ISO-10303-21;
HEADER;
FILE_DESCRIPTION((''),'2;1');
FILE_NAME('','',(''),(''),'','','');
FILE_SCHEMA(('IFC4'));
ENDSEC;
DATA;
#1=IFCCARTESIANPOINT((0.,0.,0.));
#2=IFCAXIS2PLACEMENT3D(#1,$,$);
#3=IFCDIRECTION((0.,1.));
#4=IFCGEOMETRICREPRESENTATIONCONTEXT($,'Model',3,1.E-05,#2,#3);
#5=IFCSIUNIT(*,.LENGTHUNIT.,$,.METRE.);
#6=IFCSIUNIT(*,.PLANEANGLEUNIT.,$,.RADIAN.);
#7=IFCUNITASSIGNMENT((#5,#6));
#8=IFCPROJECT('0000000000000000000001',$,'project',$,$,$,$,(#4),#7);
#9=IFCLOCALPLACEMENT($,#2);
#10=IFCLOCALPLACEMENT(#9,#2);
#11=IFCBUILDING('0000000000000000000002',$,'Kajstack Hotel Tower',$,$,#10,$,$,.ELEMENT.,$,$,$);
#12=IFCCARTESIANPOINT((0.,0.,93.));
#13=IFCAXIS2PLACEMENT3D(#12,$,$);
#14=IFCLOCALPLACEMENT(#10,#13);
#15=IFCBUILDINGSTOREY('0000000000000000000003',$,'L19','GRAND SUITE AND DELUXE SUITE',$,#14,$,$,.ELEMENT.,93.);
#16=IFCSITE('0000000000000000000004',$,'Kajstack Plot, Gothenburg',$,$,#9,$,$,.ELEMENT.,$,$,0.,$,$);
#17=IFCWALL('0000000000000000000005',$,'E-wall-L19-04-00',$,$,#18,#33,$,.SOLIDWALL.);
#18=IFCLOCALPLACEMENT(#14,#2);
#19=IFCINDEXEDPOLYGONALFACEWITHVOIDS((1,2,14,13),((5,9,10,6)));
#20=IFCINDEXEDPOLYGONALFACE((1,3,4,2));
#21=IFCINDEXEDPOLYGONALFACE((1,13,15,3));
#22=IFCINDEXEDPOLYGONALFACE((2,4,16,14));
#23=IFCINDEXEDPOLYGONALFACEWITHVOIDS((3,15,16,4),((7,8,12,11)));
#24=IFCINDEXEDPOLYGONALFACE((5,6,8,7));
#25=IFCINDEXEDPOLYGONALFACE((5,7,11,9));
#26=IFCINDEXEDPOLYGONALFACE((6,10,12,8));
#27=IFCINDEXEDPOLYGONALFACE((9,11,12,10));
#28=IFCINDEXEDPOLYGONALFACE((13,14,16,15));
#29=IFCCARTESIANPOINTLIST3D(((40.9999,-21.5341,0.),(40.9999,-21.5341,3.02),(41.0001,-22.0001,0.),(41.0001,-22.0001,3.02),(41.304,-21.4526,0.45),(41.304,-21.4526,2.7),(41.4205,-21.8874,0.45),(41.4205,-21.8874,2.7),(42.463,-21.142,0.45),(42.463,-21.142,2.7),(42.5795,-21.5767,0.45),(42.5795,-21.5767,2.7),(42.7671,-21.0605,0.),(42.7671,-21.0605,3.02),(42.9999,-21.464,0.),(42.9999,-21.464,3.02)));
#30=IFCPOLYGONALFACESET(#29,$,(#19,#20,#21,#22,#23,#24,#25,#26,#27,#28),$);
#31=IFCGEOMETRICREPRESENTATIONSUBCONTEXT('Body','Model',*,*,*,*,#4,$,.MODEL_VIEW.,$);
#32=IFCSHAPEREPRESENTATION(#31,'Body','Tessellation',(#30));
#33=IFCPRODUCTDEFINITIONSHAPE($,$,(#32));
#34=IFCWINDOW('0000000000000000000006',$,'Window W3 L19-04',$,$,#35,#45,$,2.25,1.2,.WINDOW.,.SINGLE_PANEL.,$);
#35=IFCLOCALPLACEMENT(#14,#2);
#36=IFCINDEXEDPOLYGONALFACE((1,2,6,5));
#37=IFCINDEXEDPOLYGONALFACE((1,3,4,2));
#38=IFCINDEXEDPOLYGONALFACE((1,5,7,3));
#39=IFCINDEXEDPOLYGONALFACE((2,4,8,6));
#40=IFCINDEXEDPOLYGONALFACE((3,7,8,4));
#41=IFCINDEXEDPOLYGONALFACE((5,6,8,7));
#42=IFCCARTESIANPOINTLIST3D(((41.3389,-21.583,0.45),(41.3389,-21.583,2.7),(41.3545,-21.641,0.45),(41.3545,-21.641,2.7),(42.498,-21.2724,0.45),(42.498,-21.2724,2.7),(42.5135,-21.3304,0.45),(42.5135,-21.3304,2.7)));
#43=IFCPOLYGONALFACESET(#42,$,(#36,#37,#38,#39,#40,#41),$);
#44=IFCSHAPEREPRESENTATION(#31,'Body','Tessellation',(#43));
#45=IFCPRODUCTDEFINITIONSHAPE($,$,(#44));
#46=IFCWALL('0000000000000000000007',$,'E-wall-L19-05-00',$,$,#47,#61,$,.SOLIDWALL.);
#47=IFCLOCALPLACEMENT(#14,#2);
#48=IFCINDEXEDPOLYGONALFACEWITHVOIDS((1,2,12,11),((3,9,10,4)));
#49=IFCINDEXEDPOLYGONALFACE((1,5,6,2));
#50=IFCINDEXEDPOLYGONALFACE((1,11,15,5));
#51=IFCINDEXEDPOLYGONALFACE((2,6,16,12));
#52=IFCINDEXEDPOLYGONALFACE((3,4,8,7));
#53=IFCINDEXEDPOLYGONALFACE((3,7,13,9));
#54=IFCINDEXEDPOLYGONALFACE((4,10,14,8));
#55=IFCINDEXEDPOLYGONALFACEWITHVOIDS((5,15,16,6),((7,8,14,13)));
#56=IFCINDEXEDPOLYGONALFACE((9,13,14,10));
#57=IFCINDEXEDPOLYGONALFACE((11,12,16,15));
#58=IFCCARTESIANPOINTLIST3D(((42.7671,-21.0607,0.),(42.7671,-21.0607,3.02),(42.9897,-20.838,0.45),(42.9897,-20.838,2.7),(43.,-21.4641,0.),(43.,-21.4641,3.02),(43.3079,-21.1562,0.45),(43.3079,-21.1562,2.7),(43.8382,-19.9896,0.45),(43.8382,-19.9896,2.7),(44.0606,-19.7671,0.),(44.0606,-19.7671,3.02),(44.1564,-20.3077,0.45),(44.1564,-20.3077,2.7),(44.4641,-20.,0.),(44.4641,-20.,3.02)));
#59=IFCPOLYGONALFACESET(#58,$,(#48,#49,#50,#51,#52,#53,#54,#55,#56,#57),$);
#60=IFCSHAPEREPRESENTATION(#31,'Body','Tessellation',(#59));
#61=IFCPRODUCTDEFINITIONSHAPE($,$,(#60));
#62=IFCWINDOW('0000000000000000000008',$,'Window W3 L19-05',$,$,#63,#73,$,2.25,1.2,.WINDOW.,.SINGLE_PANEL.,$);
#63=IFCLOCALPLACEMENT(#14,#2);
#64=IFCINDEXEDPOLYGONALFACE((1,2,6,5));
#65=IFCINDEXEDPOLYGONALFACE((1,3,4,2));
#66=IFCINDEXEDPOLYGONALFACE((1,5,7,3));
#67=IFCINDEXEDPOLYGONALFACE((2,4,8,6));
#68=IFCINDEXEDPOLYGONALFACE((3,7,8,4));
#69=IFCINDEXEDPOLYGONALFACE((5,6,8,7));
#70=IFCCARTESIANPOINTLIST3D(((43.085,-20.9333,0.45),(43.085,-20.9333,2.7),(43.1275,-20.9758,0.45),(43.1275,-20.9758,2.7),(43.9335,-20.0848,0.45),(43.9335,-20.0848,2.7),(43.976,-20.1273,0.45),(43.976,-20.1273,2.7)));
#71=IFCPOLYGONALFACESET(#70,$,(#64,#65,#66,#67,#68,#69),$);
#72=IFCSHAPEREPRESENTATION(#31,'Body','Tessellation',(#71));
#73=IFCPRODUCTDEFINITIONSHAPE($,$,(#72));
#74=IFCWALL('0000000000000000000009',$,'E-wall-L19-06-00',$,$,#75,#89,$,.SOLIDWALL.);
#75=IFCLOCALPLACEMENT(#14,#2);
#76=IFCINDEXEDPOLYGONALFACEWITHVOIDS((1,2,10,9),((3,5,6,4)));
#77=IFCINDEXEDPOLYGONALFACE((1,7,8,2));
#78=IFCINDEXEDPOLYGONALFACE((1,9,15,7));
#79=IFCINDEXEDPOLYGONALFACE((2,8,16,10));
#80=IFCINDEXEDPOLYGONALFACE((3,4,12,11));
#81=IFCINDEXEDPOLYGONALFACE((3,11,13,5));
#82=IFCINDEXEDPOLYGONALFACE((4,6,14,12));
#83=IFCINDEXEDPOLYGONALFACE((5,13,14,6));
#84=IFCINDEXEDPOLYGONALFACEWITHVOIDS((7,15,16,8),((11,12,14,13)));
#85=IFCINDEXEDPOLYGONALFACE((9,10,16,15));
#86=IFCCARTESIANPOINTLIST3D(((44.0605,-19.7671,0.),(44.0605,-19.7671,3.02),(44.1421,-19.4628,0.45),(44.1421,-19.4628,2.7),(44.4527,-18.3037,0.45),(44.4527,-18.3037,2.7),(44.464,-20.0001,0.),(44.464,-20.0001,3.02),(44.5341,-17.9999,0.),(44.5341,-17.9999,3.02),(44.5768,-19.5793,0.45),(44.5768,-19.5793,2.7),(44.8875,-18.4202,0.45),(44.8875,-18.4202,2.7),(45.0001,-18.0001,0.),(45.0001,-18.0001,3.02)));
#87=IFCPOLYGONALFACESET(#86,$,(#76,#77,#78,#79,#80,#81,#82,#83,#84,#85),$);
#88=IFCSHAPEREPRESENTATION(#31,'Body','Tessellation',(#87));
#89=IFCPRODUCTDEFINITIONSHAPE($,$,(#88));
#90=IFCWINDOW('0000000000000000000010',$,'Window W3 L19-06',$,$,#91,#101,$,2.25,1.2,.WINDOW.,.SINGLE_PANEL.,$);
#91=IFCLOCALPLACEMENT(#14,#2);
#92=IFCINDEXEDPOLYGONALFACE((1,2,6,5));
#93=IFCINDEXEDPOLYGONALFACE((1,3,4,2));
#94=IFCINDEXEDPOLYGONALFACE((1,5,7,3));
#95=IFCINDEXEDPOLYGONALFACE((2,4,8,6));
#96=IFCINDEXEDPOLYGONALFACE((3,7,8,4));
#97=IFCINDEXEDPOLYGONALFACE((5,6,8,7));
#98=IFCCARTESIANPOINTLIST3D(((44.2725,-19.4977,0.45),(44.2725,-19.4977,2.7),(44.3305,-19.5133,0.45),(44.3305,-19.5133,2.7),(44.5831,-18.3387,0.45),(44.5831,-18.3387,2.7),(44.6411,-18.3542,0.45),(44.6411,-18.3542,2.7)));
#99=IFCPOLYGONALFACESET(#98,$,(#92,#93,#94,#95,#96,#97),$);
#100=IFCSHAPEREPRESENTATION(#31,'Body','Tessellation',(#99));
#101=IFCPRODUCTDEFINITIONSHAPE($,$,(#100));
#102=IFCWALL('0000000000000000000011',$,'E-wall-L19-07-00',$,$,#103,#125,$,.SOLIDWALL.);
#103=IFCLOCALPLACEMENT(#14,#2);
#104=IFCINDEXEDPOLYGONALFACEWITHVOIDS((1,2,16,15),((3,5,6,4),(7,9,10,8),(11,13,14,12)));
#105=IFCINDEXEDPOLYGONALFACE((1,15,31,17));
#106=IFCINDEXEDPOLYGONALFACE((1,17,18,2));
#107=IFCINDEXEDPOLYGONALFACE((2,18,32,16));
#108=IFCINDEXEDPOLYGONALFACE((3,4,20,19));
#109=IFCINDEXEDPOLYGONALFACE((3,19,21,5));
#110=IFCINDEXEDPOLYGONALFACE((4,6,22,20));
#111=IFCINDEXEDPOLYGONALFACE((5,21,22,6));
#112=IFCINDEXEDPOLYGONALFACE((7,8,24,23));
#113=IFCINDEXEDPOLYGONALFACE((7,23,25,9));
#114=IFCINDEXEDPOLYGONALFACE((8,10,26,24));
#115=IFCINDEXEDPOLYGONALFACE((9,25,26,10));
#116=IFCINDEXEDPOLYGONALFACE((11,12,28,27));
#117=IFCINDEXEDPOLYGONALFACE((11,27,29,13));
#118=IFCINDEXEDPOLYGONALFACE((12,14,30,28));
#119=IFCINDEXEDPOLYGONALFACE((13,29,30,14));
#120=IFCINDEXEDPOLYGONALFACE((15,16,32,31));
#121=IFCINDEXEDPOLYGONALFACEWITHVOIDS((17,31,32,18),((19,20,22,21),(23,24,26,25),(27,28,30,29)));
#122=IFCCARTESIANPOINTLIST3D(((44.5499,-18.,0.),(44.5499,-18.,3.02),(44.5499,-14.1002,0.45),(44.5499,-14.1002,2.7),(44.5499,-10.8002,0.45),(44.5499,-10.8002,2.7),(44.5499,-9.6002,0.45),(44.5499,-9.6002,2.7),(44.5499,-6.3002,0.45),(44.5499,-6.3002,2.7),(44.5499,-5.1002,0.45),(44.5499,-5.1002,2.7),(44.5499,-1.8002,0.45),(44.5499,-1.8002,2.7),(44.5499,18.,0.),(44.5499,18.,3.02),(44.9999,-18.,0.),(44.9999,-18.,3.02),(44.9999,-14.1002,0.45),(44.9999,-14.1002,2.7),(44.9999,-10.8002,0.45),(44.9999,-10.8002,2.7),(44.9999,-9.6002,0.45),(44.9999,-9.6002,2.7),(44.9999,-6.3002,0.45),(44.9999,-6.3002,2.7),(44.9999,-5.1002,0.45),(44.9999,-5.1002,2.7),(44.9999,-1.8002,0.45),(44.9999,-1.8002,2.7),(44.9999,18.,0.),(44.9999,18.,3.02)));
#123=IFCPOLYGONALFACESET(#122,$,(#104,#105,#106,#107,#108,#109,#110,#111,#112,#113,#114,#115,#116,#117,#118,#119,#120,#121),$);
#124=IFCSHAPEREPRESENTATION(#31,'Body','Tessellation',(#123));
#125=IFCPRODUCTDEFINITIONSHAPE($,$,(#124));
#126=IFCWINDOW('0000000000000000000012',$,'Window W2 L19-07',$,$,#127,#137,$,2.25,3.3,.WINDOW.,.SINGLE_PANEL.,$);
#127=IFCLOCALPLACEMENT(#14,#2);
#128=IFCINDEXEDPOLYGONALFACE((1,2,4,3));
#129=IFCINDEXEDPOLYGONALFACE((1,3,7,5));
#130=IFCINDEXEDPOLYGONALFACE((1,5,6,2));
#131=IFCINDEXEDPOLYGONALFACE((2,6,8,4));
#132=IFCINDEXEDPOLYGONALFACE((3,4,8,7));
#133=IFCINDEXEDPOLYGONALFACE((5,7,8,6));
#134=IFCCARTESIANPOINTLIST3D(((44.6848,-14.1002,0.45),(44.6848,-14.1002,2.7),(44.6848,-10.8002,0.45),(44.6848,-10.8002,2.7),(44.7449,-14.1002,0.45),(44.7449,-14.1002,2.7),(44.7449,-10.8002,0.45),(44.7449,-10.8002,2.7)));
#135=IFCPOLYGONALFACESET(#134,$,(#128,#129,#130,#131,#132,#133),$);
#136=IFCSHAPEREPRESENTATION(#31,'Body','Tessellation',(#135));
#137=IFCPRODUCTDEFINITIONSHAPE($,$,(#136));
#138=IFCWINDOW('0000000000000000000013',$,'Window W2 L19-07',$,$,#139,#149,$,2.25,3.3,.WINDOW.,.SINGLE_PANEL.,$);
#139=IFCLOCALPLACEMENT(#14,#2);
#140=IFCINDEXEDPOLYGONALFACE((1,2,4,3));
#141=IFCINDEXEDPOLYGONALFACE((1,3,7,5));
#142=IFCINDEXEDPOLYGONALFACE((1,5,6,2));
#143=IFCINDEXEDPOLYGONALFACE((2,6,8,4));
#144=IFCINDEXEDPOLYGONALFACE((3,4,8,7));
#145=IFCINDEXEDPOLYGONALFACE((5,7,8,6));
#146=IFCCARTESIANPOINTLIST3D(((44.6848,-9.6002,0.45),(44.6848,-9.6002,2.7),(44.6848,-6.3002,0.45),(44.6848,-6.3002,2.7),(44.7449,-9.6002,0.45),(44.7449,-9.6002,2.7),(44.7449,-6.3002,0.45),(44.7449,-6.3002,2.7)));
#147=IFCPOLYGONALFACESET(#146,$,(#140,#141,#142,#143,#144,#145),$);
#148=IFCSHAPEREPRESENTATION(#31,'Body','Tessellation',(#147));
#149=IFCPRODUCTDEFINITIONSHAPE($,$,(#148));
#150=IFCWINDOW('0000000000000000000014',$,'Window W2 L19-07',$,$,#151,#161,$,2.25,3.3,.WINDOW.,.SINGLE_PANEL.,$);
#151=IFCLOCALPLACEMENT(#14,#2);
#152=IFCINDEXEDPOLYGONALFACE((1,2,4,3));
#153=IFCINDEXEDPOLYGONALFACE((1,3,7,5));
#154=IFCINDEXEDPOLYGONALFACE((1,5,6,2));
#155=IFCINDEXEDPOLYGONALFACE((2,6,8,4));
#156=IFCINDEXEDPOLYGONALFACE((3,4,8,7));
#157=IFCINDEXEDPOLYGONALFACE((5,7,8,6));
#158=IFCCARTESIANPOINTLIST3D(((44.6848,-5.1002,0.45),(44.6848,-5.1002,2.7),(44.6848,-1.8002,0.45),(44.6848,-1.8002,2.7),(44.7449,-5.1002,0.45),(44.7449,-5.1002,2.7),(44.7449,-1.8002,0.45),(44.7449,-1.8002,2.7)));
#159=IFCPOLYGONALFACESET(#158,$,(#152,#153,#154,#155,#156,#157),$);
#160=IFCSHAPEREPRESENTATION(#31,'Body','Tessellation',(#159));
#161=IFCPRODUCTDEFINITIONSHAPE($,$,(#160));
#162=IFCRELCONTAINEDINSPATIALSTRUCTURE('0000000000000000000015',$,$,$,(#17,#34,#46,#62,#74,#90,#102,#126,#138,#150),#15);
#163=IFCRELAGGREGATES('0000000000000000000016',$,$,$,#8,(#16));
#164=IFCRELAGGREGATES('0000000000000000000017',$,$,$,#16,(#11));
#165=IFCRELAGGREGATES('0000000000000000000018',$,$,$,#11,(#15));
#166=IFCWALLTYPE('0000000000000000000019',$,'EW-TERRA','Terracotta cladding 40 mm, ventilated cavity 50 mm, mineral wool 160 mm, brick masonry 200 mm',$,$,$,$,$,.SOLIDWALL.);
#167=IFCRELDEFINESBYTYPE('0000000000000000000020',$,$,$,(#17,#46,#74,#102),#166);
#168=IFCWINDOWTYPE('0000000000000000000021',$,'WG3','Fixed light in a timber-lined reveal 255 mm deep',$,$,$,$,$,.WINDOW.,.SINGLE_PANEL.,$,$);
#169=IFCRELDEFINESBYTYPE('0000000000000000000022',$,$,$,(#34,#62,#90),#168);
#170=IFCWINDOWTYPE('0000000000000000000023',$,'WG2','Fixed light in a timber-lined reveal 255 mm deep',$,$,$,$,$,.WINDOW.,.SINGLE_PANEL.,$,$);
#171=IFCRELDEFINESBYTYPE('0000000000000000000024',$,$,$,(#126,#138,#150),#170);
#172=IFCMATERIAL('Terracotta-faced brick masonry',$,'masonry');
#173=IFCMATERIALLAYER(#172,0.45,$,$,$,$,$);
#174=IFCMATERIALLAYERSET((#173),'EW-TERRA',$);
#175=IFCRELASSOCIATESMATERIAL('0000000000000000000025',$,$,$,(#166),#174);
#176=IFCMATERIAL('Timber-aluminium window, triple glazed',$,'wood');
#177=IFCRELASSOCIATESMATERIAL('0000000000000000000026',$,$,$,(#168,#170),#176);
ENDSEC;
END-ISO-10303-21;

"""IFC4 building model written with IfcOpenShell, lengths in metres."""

from ifc_helpers import new_model, si_unit, direction, frame, frame_2d, origin, place, context, subcontext, project, spatial, polyline, rectangle, outline, extrude, material, layer, layer_set, type_object, element, fill, save


model = new_model("IFC4")

# Units and contexts
model_context = context("Model", 3, precision=1e-05, world=origin(), true_north=direction((0.0, 1.0)))
body_context = subcontext(model_context, "Body", "Model", "MODEL_VIEW")
ifc_project = project(units=[si_unit("LENGTHUNIT", "METRE"), si_unit("PLANEANGLEUNIT", "RADIAN")], contexts=[model_context])

# Site, building, storey
site_placement = place(None, origin())
site = spatial("IfcSite", under=ifc_project, at=site_placement, Name="Kajstack Plot, Gothenburg", CompositionType="ELEMENT", RefElevation=0.0)
building_placement = place(site_placement, origin())
building = spatial("IfcBuilding", under=site, at=building_placement, Name="Kajstack Hotel Tower", CompositionType="ELEMENT")
storey_placement = place(building_placement, frame((0.0, 0.0, 93.0)))
storey = spatial("IfcBuildingStorey", under=building, at=storey_placement, Name="L19", Description="GRAND SUITE AND DELUXE SUITE", CompositionType="ELEMENT", Elevation=93.0)

# Walls, openings, windows
ifc_material_1 = material(Name="Terracotta-faced brick masonry", Category="masonry")
ifc_layer_1 = layer(ifc_material_1, 0.45)
ifc_layer_set_1 = layer_set([ifc_layer_1], Name="EW-TERRA")
wall_type_1 = type_object("IfcWallType", Name="EW-TERRA", Description="Terracotta cladding 40 mm, ventilated cavity 50 mm, mineral wool 160 mm, brick masonry 200 mm", PredefinedType="SOLIDWALL", material=ifc_layer_set_1)
wall_1_placement = place(storey_placement, frame((40.9417, -21.7827, 0.0), z_axis=(0.0, 0.0, 1.0), x_axis=(0.965927, 0.258815, 0.0)))
wall_1 = element("IfcWall", 1, at=wall_1_placement, inside=storey, type_object=wall_type_1, Name="E-wall-L19-04-00", PredefinedType="SOLIDWALL", context=body_context, shape_type="SweptSolid", body=[
    extrude(outline(polyline([(0.0002, -0.2251), (2.0706, -0.2249), (1.9502, 0.2251), (0.1206, 0.2251), (0.0002, -0.2251)])), origin(), (0.0, 0.0, 1.0), 3.02),
])
opening_1_placement = place(wall_1_placement, frame((0.4353, 0.0, 0.45)))
opening_1 = element("IfcOpeningElement", 2, at=opening_1_placement, cuts=wall_1, PredefinedType="OPENING", context=body_context, shape_type="SweptSolid", body=[
    extrude(rectangle(XDim=1.2, YDim=2.25, at=frame_2d((0.6001, 1.125))), frame((0.0, 0.2349, 0.0), z_axis=(0.0, -1.0, 0.0), x_axis=(1.0, 0.0, 0.0)), (0.0, 0.0, 1.0), 0.47),
])
ifc_material_2 = material(Name="Timber-aluminium window, triple glazed", Category="wood")
window_type_1 = type_object("IfcWindowType", Name="WG3", Description="Fixed light in a timber-lined reveal 255 mm deep", PartitioningType="SINGLE_PANEL", PredefinedType="WINDOW", material=ifc_material_2)
window_1_placement = place(opening_1_placement, origin())
window_1 = element("IfcWindow", 3, at=window_1_placement, inside=storey, type_object=window_type_1, Name="Window W3 L19-04", OverallHeight=2.25, OverallWidth=1.2, PartitioningType="SINGLE_PANEL", PredefinedType="WINDOW", context=body_context, shape_type="SweptSolid", body=[
    extrude(rectangle(XDim=1.2, YDim=2.25, at=frame_2d((0.6001, 1.125))), frame((0.0, 0.0901, 0.0), z_axis=(0.0, -1.0, 0.0), x_axis=(1.0, 0.0, 0.0)), (0.0, 0.0, 1.0), 0.0601),
])
fill(opening_1, window_1)
wall_2_placement = place(storey_placement, frame((42.8408, -21.3049, 0.0), z_axis=(0.0, 0.0, 1.0), x_axis=(0.707107, 0.707107, 0.0)))
wall_2 = element("IfcWall", 4, at=wall_2_placement, inside=storey, type_object=wall_type_1, Name="E-wall-L19-05-00", PredefinedType="SOLIDWALL", context=body_context, shape_type="SweptSolid", body=[
    extrude(outline(polyline([(0.0, -0.2251), (2.0706, -0.2251), (1.95, 0.2249), (0.1206, 0.2249), (0.0, -0.2251)])), origin(), (0.0, 0.0, 1.0), 3.02),
])
opening_2_placement = place(wall_2_placement, frame((0.4353, 0.0, 0.45)))
opening_2 = element("IfcOpeningElement", 5, at=opening_2_placement, cuts=wall_2, PredefinedType="OPENING", context=body_context, shape_type="SweptSolid", body=[
    extrude(rectangle(XDim=1.2, YDim=2.25, at=frame_2d((0.6001, 1.125))), frame((0.0, 0.2349, 0.0), z_axis=(0.0, -1.0, 0.0), x_axis=(1.0, 0.0, 0.0)), (0.0, 0.0, 1.0), 0.47),
])
window_2_placement = place(opening_2_placement, origin())
window_2 = element("IfcWindow", 6, at=window_2_placement, inside=storey, type_object=window_type_1, Name="Window W3 L19-05", OverallHeight=2.25, OverallWidth=1.2, PartitioningType="SINGLE_PANEL", PredefinedType="WINDOW", context=body_context, shape_type="SweptSolid", body=[
    extrude(rectangle(XDim=1.2, YDim=2.25, at=frame_2d((0.6001, 1.125))), frame((0.0, 0.0901, 0.0), z_axis=(0.0, -1.0, 0.0), x_axis=(1.0, 0.0, 0.0)), (0.0, 0.0, 1.0), 0.0601),
])
fill(opening_2, window_2)
wall_3_placement = place(storey_placement, frame((44.2468, -19.9417, 0.0), z_axis=(0.0, 0.0, 1.0), x_axis=(0.258815, 0.965927, 0.0)))
wall_3 = element("IfcWall", 7, at=wall_3_placement, inside=storey, type_object=wall_type_1, Name="E-wall-L19-06-00", PredefinedType="SOLIDWALL", context=body_context, shape_type="SweptSolid", body=[
    extrude(outline(polyline([(-0.0002, -0.2249), (2.0703, -0.2251), (1.95, 0.2251), (0.1204, 0.2251), (-0.0002, -0.2249)])), origin(), (0.0, 0.0, 1.0), 3.02),
])
opening_3_placement = place(wall_3_placement, frame((0.4353, 0.0, 0.45)))
opening_3 = element("IfcOpeningElement", 8, at=opening_3_placement, cuts=wall_3, PredefinedType="OPENING", context=body_context, shape_type="SweptSolid", body=[
    extrude(rectangle(XDim=1.2, YDim=2.25, at=frame_2d((0.6001, 1.125))), frame((0.0, 0.2349, 0.0), z_axis=(0.0, -1.0, 0.0), x_axis=(1.0, 0.0, 0.0)), (0.0, 0.0, 1.0), 0.47),
])
window_3_placement = place(opening_3_placement, origin())
window_3 = element("IfcWindow", 9, at=window_3_placement, inside=storey, type_object=window_type_1, Name="Window W3 L19-06", OverallHeight=2.25, OverallWidth=1.2, PartitioningType="SINGLE_PANEL", PredefinedType="WINDOW", context=body_context, shape_type="SweptSolid", body=[
    extrude(rectangle(XDim=1.2, YDim=2.25, at=frame_2d((0.6001, 1.125))), frame((0.0, 0.0901, 0.0), z_axis=(0.0, -1.0, 0.0), x_axis=(1.0, 0.0, 0.0)), (0.0, 0.0, 1.0), 0.0601),
])
fill(opening_3, window_3)

# Wall, openings, windows
wall_4_placement = place(storey_placement, frame((44.7749, -18.0, 0.0), z_axis=(0.0, 0.0, 1.0), x_axis=(0.0, 1.0, 0.0)))
wall_4 = element("IfcWall", 10, at=wall_4_placement, inside=storey, type_object=wall_type_1, Name="E-wall-L19-07-00", PredefinedType="SOLIDWALL", context=body_context, shape_type="SweptSolid", body=[
    extrude(rectangle(XDim=36.0, YDim=0.45, at=frame_2d((18.0, 0.0))), origin(), (0.0, 0.0, 1.0), 3.02),
])
opening_4_placement = place(wall_4_placement, frame((3.8999, 0.0, 0.45)))
opening_4 = element("IfcOpeningElement", 11, at=opening_4_placement, cuts=wall_4, PredefinedType="OPENING", context=body_context, shape_type="SweptSolid", body=[
    extrude(rectangle(XDim=3.3, YDim=2.25, at=frame_2d((1.6499, 1.125))), frame((0.0, 0.2349, 0.0), z_axis=(0.0, -1.0, 0.0), x_axis=(1.0, 0.0, 0.0)), (0.0, 0.0, 1.0), 0.47),
])
opening_5_placement = place(wall_4_placement, frame((8.3999, 0.0, 0.45)))
opening_5 = element("IfcOpeningElement", 12, at=opening_5_placement, cuts=wall_4, PredefinedType="OPENING", context=body_context, shape_type="SweptSolid", body=[
    extrude(rectangle(XDim=3.3, YDim=2.25, at=frame_2d((1.6499, 1.125))), frame((0.0, 0.2349, 0.0), z_axis=(0.0, -1.0, 0.0), x_axis=(1.0, 0.0, 0.0)), (0.0, 0.0, 1.0), 0.47),
])
opening_6_placement = place(wall_4_placement, frame((12.8999, 0.0, 0.45)))
opening_6 = element("IfcOpeningElement", 13, at=opening_6_placement, cuts=wall_4, PredefinedType="OPENING", context=body_context, shape_type="SweptSolid", body=[
    extrude(rectangle(XDim=3.3, YDim=2.25, at=frame_2d((1.6499, 1.125))), frame((0.0, 0.2349, 0.0), z_axis=(0.0, -1.0, 0.0), x_axis=(1.0, 0.0, 0.0)), (0.0, 0.0, 1.0), 0.47),
])
window_type_2 = type_object("IfcWindowType", Name="WG2", Description="Fixed light in a timber-lined reveal 255 mm deep", PartitioningType="SINGLE_PANEL", PredefinedType="WINDOW", material=ifc_material_2)
window_4_placement = place(opening_4_placement, origin())
window_4 = element("IfcWindow", 14, at=window_4_placement, inside=storey, type_object=window_type_2, Name="Window W2 L19-07", OverallHeight=2.25, OverallWidth=3.3, PartitioningType="SINGLE_PANEL", PredefinedType="WINDOW", context=body_context, shape_type="SweptSolid", body=[
    extrude(rectangle(XDim=3.3, YDim=2.25, at=frame_2d((1.6499, 1.125))), frame((0.0, 0.0901, 0.0), z_axis=(0.0, -1.0, 0.0), x_axis=(1.0, 0.0, 0.0)), (0.0, 0.0, 1.0), 0.0601),
])
fill(opening_4, window_4)
window_5_placement = place(opening_5_placement, origin())
window_5 = element("IfcWindow", 15, at=window_5_placement, inside=storey, type_object=window_type_2, Name="Window W2 L19-07", OverallHeight=2.25, OverallWidth=3.3, PartitioningType="SINGLE_PANEL", PredefinedType="WINDOW", context=body_context, shape_type="SweptSolid", body=[
    extrude(rectangle(XDim=3.3, YDim=2.25, at=frame_2d((1.6499, 1.125))), frame((0.0, 0.0901, 0.0), z_axis=(0.0, -1.0, 0.0), x_axis=(1.0, 0.0, 0.0)), (0.0, 0.0, 1.0), 0.0601),
])
fill(opening_5, window_5)
window_6_placement = place(opening_6_placement, origin())
window_6 = element("IfcWindow", 16, at=window_6_placement, inside=storey, type_object=window_type_2, Name="Window W2 L19-07", OverallHeight=2.25, OverallWidth=3.3, PartitioningType="SINGLE_PANEL", PredefinedType="WINDOW", context=body_context, shape_type="SweptSolid", body=[
    extrude(rectangle(XDim=3.3, YDim=2.25, at=frame_2d((1.6499, 1.125))), frame((0.0, 0.0901, 0.0), z_axis=(0.0, -1.0, 0.0), x_axis=(1.0, 0.0, 0.0)), (0.0, 0.0, 1.0), 0.0601),
])
fill(opening_6, window_6)

save(model, "model.ifc")
